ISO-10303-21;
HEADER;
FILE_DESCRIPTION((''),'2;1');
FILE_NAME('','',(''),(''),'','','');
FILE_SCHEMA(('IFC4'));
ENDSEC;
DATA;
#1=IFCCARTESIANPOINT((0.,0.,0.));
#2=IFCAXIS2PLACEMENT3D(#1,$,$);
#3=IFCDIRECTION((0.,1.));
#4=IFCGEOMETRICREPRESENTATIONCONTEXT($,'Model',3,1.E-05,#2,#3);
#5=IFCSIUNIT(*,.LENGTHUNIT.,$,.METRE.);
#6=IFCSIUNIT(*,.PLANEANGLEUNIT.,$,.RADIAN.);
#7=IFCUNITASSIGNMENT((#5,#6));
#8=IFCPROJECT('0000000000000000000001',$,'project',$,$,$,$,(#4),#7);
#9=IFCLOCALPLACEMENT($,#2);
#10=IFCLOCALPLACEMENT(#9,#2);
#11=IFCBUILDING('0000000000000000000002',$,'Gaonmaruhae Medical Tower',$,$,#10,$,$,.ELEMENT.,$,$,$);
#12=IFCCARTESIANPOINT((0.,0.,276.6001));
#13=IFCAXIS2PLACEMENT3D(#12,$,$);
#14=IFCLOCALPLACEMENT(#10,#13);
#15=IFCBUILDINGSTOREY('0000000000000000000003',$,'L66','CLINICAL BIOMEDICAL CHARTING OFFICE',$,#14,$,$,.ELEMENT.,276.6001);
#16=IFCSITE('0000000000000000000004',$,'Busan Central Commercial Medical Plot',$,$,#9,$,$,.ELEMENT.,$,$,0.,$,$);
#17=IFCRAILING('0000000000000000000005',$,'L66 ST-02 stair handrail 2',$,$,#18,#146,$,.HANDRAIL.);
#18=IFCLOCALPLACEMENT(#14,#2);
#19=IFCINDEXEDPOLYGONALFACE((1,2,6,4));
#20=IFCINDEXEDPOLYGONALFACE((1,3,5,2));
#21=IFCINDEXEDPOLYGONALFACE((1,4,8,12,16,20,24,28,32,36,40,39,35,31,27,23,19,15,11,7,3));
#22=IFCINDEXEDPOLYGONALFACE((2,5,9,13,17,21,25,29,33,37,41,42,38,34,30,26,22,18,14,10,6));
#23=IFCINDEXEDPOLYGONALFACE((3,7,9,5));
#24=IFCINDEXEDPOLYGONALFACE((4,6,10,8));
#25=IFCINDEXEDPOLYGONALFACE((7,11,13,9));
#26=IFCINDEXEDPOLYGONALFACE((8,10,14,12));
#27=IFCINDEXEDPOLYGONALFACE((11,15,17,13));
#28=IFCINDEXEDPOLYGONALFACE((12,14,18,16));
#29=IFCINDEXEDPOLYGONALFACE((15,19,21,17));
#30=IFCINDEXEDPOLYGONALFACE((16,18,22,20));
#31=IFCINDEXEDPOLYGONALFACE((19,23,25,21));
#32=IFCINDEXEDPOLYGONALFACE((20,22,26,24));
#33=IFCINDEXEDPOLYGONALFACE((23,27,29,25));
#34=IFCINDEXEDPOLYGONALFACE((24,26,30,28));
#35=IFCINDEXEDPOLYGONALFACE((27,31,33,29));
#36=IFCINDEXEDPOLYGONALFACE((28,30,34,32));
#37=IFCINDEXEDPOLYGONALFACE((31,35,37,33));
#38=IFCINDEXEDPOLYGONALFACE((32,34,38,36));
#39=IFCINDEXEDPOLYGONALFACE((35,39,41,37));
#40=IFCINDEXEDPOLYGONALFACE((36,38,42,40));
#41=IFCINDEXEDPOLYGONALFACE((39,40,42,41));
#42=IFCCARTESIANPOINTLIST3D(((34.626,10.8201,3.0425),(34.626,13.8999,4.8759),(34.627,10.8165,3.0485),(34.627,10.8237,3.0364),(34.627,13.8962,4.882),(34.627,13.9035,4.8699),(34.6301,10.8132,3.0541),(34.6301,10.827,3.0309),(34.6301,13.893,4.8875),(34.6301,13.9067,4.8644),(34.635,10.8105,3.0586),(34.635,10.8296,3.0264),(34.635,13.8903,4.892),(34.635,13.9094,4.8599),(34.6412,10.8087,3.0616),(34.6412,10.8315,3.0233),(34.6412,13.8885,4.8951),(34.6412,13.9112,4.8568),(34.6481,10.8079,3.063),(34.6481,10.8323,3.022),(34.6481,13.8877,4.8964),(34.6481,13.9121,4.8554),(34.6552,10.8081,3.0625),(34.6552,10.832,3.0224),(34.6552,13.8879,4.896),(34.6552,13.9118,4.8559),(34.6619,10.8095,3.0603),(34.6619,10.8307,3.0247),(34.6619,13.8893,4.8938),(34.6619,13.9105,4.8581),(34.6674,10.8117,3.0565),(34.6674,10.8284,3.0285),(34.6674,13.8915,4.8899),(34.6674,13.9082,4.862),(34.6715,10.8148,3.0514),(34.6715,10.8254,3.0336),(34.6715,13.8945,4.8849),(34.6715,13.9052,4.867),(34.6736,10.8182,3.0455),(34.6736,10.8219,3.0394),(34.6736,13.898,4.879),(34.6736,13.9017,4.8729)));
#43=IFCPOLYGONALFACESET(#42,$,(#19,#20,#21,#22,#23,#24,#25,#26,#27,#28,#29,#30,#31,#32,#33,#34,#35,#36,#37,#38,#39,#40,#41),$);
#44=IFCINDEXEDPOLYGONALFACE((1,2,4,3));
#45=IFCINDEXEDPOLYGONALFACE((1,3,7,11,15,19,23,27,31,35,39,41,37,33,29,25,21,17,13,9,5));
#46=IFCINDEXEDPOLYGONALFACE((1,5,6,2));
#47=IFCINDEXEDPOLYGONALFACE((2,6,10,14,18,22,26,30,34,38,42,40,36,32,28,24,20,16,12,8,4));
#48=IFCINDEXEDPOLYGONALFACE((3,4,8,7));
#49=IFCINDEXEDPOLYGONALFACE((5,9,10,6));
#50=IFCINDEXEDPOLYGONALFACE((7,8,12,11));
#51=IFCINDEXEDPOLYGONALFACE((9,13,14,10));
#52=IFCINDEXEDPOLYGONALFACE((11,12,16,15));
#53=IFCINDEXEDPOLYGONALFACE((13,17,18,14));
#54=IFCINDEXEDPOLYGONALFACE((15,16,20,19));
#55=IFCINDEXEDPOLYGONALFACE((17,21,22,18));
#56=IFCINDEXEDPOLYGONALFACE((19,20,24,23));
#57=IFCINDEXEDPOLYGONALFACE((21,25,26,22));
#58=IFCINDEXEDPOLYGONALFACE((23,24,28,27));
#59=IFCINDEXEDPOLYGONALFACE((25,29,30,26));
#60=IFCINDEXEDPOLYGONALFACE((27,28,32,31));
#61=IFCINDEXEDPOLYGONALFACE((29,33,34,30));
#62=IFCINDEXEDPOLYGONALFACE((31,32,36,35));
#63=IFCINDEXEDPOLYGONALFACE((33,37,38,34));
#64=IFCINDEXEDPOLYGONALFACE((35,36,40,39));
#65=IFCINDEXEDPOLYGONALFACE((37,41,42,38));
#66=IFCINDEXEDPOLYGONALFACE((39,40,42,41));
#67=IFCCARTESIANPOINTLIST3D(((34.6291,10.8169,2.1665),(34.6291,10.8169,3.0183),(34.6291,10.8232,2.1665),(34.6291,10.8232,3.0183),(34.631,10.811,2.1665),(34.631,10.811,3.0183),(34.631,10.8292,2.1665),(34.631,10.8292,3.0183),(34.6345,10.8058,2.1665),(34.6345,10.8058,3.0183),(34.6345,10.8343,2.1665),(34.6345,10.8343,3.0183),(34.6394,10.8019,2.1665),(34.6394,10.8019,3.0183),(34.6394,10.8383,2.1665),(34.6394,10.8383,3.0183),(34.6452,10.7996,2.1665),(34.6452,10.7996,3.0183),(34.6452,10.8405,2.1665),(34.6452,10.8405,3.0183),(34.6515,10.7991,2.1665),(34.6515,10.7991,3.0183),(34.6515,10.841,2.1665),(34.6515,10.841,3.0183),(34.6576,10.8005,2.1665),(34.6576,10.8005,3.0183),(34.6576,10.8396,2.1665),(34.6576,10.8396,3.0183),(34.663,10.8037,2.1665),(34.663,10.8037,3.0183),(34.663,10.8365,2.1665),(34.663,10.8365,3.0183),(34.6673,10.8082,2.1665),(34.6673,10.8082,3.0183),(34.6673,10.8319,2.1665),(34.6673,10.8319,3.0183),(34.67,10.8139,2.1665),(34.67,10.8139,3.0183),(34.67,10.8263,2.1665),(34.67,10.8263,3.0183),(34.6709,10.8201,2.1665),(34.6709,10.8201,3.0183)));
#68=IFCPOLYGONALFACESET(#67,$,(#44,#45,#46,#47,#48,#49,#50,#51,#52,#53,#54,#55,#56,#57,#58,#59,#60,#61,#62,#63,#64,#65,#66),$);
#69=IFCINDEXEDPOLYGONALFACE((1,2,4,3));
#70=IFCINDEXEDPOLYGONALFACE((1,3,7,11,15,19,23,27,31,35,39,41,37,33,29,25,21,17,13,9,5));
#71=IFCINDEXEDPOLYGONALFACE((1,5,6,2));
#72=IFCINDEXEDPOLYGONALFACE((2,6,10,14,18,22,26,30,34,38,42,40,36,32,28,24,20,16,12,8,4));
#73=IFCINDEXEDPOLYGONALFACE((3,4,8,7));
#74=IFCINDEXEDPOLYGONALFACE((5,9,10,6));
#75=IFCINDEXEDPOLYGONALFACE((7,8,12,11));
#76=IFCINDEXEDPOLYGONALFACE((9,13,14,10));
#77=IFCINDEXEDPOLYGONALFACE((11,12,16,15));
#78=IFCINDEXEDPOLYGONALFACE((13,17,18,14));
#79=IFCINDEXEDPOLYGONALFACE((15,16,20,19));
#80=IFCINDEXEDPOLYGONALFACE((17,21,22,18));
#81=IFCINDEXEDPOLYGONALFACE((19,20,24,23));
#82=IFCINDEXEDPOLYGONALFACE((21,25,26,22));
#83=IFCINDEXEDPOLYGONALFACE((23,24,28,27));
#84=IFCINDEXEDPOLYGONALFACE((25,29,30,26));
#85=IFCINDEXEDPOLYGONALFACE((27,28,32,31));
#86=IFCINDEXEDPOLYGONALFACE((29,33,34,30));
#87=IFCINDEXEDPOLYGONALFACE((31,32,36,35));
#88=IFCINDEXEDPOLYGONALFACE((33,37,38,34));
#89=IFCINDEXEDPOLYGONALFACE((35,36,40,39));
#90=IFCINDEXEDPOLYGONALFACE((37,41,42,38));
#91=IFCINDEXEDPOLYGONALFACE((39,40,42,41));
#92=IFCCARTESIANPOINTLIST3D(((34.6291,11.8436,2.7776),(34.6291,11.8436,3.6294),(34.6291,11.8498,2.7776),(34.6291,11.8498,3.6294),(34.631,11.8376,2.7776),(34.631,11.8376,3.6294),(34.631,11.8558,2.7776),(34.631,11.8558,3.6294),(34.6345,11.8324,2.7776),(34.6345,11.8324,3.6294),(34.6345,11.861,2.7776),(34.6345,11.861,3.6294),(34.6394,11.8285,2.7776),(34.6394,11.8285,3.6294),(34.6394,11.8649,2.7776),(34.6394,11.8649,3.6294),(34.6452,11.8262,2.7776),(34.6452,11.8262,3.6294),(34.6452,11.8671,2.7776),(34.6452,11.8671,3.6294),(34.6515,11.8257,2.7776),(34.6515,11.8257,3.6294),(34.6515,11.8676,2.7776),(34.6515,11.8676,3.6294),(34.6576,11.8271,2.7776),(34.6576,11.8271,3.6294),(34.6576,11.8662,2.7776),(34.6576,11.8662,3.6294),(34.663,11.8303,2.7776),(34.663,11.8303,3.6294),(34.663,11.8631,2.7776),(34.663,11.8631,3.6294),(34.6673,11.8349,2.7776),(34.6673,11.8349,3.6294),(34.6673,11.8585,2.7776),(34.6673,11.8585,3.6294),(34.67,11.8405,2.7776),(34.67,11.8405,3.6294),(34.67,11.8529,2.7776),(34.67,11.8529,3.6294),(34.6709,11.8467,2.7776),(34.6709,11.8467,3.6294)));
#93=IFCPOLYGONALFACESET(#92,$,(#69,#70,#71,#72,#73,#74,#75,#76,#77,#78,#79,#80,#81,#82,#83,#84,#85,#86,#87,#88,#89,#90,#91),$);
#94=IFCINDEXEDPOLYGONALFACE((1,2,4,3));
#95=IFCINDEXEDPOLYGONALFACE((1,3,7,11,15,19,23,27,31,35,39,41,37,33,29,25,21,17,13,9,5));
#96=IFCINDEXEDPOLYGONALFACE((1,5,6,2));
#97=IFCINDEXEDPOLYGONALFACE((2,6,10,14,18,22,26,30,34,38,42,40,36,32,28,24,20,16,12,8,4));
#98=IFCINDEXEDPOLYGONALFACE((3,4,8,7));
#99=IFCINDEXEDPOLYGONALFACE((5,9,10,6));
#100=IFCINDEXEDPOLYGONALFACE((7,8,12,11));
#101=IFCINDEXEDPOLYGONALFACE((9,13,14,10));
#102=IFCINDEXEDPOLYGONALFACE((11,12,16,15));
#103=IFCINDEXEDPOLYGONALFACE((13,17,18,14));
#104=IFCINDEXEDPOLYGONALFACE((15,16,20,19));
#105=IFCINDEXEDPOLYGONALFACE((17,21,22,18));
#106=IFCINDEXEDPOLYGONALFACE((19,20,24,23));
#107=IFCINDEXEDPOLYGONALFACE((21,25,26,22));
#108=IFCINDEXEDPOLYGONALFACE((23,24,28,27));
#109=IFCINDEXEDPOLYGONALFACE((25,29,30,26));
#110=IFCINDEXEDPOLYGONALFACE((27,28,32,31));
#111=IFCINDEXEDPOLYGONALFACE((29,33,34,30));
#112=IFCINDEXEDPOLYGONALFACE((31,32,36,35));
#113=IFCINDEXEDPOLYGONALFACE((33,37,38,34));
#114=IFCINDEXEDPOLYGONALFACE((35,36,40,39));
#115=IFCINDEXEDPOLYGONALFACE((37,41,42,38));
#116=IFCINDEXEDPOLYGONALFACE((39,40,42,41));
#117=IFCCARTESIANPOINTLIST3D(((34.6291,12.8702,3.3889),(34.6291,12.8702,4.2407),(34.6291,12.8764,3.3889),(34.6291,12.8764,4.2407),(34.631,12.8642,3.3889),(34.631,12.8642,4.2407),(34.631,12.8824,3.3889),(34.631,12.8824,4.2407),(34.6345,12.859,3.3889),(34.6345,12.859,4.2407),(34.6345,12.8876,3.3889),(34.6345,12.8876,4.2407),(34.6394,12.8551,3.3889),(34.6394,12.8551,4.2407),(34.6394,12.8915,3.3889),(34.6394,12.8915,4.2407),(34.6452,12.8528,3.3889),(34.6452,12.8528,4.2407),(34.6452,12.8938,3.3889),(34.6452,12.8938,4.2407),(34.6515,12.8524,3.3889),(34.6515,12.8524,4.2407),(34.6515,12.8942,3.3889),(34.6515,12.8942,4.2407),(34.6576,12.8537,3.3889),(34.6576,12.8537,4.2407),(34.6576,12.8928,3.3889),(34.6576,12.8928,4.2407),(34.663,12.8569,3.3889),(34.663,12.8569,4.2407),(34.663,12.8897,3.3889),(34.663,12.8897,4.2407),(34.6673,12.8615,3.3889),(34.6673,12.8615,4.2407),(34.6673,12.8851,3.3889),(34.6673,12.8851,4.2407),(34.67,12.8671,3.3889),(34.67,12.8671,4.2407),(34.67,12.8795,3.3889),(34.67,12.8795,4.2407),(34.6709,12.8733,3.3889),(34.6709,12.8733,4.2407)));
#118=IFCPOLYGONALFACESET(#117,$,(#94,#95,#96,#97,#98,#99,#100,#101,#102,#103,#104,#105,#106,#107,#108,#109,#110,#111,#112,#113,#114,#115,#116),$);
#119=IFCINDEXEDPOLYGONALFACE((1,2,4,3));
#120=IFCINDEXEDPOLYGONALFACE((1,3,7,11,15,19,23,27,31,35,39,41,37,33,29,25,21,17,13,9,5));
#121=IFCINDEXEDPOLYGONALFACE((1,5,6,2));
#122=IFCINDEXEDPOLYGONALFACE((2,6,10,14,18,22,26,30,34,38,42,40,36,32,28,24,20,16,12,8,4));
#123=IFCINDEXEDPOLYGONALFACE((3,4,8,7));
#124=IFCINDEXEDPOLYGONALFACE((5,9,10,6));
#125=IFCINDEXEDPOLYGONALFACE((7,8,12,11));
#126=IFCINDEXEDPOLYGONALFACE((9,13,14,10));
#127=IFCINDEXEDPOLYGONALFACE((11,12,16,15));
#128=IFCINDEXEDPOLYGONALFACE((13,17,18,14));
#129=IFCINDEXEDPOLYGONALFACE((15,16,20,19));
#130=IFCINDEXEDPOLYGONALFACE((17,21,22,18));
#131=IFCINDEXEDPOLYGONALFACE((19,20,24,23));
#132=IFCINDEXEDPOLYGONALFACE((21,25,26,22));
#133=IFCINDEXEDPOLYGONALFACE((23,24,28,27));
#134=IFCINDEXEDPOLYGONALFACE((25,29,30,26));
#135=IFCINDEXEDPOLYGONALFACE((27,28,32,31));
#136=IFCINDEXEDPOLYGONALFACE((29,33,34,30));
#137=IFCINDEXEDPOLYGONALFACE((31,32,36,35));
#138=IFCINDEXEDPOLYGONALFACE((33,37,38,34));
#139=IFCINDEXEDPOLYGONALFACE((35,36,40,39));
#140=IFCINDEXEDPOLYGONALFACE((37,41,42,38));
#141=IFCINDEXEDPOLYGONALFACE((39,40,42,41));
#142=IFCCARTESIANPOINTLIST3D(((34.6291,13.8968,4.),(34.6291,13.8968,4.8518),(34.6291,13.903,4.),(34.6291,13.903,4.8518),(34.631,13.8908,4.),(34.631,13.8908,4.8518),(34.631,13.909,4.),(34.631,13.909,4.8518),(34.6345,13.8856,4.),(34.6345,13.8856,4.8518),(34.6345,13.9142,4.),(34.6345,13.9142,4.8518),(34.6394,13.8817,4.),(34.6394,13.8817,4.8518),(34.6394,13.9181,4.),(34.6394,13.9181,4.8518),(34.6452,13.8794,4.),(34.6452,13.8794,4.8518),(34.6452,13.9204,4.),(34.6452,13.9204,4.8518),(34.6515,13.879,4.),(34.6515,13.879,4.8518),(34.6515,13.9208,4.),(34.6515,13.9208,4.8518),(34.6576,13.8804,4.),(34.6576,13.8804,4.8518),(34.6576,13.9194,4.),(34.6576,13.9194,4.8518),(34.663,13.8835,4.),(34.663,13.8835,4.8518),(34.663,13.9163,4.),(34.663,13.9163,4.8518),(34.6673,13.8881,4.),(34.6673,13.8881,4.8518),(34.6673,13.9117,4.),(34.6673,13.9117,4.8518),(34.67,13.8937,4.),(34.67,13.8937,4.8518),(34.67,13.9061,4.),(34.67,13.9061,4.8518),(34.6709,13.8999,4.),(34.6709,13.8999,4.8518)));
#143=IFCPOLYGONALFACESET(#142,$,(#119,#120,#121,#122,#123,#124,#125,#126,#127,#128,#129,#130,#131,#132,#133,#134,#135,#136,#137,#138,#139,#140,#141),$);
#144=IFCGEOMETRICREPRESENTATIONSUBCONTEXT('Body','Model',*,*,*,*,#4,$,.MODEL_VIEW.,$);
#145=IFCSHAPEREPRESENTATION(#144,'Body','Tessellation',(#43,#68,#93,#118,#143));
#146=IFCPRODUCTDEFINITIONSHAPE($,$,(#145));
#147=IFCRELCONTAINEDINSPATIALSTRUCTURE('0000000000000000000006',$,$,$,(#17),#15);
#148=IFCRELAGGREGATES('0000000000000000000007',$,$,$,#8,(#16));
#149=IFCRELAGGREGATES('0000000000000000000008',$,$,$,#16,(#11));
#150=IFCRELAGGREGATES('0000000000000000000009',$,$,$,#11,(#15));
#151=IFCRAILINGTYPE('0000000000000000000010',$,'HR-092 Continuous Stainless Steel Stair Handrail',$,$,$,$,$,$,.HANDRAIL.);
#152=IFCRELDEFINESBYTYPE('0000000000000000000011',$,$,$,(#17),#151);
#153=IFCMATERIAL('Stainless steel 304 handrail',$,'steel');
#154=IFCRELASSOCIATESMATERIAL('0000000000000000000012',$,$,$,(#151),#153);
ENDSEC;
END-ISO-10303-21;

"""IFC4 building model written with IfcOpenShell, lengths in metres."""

from ifc_helpers import new_model, si_unit, direction, frame, origin, origin_2d, place, context, subcontext, project, spatial, circle, extrude, material, type_object, element, save


model = new_model("IFC4")

# Units and contexts
model_context = context("Model", 3, precision=1e-05, world=origin(), true_north=direction((0.0, 1.0)))
body_context = subcontext(model_context, "Body", "Model", "MODEL_VIEW")
ifc_project = project(units=[si_unit("LENGTHUNIT", "METRE"), si_unit("PLANEANGLEUNIT", "RADIAN")], contexts=[model_context])

# Site, building, storey
site_placement = place(None, origin())
site = spatial("IfcSite", under=ifc_project, at=site_placement, Name="Busan Central Commercial Medical Plot", CompositionType="ELEMENT", RefElevation=0.0)
building_placement = place(site_placement, origin())
building = spatial("IfcBuilding", under=site, at=building_placement, Name="Gaonmaruhae Medical Tower", CompositionType="ELEMENT")
storey_placement = place(building_placement, frame((0.0, 0.0, 276.6001)))
storey = spatial("IfcBuildingStorey", under=building, at=storey_placement, Name="L66", Description="CLINICAL BIOMEDICAL CHARTING OFFICE", CompositionType="ELEMENT", Elevation=276.6001)

# Railing
ifc_material_1 = material(Name="Stainless steel 304 handrail", Category="steel")
railing_type_1 = type_object("IfcRailingType", Name="HR-092 Continuous Stainless Steel Stair Handrail", PredefinedType="HANDRAIL", material=ifc_material_1)
railing_1_placement = place(storey_placement, frame((34.6499, 10.8201, 2.1665)))
element("IfcRailing", 1, at=railing_1_placement, inside=storey, type_object=railing_type_1, Name="L66 ST-02 stair handrail 2", PredefinedType="HANDRAIL", context=body_context, shape_type="SweptSolid", body=[
    extrude(circle(Radius=0.0239, at=origin_2d()), frame((0.0, 0.0, 0.876), z_axis=(0.0, 0.859261, 0.511538), x_axis=(-1.0, 0.0, 0.0)), (0.0, 0.0, 1.0), 3.5842),
    extrude(circle(Radius=0.021, at=origin_2d()), origin(), (0.0, 0.0, 1.0), 0.8518),
    extrude(circle(Radius=0.021, at=origin_2d()), frame((0.0, 1.0266, 0.6111)), (0.0, 0.0, 1.0), 0.8518),
    extrude(circle(Radius=0.021, at=origin_2d()), frame((0.0, 2.0532, 1.2224)), (0.0, 0.0, 1.0), 0.8518),
    extrude(circle(Radius=0.021, at=origin_2d()), frame((0.0, 3.0798, 1.8335)), (0.0, 0.0, 1.0), 0.8518),
])

save(model, "model.ifc")
